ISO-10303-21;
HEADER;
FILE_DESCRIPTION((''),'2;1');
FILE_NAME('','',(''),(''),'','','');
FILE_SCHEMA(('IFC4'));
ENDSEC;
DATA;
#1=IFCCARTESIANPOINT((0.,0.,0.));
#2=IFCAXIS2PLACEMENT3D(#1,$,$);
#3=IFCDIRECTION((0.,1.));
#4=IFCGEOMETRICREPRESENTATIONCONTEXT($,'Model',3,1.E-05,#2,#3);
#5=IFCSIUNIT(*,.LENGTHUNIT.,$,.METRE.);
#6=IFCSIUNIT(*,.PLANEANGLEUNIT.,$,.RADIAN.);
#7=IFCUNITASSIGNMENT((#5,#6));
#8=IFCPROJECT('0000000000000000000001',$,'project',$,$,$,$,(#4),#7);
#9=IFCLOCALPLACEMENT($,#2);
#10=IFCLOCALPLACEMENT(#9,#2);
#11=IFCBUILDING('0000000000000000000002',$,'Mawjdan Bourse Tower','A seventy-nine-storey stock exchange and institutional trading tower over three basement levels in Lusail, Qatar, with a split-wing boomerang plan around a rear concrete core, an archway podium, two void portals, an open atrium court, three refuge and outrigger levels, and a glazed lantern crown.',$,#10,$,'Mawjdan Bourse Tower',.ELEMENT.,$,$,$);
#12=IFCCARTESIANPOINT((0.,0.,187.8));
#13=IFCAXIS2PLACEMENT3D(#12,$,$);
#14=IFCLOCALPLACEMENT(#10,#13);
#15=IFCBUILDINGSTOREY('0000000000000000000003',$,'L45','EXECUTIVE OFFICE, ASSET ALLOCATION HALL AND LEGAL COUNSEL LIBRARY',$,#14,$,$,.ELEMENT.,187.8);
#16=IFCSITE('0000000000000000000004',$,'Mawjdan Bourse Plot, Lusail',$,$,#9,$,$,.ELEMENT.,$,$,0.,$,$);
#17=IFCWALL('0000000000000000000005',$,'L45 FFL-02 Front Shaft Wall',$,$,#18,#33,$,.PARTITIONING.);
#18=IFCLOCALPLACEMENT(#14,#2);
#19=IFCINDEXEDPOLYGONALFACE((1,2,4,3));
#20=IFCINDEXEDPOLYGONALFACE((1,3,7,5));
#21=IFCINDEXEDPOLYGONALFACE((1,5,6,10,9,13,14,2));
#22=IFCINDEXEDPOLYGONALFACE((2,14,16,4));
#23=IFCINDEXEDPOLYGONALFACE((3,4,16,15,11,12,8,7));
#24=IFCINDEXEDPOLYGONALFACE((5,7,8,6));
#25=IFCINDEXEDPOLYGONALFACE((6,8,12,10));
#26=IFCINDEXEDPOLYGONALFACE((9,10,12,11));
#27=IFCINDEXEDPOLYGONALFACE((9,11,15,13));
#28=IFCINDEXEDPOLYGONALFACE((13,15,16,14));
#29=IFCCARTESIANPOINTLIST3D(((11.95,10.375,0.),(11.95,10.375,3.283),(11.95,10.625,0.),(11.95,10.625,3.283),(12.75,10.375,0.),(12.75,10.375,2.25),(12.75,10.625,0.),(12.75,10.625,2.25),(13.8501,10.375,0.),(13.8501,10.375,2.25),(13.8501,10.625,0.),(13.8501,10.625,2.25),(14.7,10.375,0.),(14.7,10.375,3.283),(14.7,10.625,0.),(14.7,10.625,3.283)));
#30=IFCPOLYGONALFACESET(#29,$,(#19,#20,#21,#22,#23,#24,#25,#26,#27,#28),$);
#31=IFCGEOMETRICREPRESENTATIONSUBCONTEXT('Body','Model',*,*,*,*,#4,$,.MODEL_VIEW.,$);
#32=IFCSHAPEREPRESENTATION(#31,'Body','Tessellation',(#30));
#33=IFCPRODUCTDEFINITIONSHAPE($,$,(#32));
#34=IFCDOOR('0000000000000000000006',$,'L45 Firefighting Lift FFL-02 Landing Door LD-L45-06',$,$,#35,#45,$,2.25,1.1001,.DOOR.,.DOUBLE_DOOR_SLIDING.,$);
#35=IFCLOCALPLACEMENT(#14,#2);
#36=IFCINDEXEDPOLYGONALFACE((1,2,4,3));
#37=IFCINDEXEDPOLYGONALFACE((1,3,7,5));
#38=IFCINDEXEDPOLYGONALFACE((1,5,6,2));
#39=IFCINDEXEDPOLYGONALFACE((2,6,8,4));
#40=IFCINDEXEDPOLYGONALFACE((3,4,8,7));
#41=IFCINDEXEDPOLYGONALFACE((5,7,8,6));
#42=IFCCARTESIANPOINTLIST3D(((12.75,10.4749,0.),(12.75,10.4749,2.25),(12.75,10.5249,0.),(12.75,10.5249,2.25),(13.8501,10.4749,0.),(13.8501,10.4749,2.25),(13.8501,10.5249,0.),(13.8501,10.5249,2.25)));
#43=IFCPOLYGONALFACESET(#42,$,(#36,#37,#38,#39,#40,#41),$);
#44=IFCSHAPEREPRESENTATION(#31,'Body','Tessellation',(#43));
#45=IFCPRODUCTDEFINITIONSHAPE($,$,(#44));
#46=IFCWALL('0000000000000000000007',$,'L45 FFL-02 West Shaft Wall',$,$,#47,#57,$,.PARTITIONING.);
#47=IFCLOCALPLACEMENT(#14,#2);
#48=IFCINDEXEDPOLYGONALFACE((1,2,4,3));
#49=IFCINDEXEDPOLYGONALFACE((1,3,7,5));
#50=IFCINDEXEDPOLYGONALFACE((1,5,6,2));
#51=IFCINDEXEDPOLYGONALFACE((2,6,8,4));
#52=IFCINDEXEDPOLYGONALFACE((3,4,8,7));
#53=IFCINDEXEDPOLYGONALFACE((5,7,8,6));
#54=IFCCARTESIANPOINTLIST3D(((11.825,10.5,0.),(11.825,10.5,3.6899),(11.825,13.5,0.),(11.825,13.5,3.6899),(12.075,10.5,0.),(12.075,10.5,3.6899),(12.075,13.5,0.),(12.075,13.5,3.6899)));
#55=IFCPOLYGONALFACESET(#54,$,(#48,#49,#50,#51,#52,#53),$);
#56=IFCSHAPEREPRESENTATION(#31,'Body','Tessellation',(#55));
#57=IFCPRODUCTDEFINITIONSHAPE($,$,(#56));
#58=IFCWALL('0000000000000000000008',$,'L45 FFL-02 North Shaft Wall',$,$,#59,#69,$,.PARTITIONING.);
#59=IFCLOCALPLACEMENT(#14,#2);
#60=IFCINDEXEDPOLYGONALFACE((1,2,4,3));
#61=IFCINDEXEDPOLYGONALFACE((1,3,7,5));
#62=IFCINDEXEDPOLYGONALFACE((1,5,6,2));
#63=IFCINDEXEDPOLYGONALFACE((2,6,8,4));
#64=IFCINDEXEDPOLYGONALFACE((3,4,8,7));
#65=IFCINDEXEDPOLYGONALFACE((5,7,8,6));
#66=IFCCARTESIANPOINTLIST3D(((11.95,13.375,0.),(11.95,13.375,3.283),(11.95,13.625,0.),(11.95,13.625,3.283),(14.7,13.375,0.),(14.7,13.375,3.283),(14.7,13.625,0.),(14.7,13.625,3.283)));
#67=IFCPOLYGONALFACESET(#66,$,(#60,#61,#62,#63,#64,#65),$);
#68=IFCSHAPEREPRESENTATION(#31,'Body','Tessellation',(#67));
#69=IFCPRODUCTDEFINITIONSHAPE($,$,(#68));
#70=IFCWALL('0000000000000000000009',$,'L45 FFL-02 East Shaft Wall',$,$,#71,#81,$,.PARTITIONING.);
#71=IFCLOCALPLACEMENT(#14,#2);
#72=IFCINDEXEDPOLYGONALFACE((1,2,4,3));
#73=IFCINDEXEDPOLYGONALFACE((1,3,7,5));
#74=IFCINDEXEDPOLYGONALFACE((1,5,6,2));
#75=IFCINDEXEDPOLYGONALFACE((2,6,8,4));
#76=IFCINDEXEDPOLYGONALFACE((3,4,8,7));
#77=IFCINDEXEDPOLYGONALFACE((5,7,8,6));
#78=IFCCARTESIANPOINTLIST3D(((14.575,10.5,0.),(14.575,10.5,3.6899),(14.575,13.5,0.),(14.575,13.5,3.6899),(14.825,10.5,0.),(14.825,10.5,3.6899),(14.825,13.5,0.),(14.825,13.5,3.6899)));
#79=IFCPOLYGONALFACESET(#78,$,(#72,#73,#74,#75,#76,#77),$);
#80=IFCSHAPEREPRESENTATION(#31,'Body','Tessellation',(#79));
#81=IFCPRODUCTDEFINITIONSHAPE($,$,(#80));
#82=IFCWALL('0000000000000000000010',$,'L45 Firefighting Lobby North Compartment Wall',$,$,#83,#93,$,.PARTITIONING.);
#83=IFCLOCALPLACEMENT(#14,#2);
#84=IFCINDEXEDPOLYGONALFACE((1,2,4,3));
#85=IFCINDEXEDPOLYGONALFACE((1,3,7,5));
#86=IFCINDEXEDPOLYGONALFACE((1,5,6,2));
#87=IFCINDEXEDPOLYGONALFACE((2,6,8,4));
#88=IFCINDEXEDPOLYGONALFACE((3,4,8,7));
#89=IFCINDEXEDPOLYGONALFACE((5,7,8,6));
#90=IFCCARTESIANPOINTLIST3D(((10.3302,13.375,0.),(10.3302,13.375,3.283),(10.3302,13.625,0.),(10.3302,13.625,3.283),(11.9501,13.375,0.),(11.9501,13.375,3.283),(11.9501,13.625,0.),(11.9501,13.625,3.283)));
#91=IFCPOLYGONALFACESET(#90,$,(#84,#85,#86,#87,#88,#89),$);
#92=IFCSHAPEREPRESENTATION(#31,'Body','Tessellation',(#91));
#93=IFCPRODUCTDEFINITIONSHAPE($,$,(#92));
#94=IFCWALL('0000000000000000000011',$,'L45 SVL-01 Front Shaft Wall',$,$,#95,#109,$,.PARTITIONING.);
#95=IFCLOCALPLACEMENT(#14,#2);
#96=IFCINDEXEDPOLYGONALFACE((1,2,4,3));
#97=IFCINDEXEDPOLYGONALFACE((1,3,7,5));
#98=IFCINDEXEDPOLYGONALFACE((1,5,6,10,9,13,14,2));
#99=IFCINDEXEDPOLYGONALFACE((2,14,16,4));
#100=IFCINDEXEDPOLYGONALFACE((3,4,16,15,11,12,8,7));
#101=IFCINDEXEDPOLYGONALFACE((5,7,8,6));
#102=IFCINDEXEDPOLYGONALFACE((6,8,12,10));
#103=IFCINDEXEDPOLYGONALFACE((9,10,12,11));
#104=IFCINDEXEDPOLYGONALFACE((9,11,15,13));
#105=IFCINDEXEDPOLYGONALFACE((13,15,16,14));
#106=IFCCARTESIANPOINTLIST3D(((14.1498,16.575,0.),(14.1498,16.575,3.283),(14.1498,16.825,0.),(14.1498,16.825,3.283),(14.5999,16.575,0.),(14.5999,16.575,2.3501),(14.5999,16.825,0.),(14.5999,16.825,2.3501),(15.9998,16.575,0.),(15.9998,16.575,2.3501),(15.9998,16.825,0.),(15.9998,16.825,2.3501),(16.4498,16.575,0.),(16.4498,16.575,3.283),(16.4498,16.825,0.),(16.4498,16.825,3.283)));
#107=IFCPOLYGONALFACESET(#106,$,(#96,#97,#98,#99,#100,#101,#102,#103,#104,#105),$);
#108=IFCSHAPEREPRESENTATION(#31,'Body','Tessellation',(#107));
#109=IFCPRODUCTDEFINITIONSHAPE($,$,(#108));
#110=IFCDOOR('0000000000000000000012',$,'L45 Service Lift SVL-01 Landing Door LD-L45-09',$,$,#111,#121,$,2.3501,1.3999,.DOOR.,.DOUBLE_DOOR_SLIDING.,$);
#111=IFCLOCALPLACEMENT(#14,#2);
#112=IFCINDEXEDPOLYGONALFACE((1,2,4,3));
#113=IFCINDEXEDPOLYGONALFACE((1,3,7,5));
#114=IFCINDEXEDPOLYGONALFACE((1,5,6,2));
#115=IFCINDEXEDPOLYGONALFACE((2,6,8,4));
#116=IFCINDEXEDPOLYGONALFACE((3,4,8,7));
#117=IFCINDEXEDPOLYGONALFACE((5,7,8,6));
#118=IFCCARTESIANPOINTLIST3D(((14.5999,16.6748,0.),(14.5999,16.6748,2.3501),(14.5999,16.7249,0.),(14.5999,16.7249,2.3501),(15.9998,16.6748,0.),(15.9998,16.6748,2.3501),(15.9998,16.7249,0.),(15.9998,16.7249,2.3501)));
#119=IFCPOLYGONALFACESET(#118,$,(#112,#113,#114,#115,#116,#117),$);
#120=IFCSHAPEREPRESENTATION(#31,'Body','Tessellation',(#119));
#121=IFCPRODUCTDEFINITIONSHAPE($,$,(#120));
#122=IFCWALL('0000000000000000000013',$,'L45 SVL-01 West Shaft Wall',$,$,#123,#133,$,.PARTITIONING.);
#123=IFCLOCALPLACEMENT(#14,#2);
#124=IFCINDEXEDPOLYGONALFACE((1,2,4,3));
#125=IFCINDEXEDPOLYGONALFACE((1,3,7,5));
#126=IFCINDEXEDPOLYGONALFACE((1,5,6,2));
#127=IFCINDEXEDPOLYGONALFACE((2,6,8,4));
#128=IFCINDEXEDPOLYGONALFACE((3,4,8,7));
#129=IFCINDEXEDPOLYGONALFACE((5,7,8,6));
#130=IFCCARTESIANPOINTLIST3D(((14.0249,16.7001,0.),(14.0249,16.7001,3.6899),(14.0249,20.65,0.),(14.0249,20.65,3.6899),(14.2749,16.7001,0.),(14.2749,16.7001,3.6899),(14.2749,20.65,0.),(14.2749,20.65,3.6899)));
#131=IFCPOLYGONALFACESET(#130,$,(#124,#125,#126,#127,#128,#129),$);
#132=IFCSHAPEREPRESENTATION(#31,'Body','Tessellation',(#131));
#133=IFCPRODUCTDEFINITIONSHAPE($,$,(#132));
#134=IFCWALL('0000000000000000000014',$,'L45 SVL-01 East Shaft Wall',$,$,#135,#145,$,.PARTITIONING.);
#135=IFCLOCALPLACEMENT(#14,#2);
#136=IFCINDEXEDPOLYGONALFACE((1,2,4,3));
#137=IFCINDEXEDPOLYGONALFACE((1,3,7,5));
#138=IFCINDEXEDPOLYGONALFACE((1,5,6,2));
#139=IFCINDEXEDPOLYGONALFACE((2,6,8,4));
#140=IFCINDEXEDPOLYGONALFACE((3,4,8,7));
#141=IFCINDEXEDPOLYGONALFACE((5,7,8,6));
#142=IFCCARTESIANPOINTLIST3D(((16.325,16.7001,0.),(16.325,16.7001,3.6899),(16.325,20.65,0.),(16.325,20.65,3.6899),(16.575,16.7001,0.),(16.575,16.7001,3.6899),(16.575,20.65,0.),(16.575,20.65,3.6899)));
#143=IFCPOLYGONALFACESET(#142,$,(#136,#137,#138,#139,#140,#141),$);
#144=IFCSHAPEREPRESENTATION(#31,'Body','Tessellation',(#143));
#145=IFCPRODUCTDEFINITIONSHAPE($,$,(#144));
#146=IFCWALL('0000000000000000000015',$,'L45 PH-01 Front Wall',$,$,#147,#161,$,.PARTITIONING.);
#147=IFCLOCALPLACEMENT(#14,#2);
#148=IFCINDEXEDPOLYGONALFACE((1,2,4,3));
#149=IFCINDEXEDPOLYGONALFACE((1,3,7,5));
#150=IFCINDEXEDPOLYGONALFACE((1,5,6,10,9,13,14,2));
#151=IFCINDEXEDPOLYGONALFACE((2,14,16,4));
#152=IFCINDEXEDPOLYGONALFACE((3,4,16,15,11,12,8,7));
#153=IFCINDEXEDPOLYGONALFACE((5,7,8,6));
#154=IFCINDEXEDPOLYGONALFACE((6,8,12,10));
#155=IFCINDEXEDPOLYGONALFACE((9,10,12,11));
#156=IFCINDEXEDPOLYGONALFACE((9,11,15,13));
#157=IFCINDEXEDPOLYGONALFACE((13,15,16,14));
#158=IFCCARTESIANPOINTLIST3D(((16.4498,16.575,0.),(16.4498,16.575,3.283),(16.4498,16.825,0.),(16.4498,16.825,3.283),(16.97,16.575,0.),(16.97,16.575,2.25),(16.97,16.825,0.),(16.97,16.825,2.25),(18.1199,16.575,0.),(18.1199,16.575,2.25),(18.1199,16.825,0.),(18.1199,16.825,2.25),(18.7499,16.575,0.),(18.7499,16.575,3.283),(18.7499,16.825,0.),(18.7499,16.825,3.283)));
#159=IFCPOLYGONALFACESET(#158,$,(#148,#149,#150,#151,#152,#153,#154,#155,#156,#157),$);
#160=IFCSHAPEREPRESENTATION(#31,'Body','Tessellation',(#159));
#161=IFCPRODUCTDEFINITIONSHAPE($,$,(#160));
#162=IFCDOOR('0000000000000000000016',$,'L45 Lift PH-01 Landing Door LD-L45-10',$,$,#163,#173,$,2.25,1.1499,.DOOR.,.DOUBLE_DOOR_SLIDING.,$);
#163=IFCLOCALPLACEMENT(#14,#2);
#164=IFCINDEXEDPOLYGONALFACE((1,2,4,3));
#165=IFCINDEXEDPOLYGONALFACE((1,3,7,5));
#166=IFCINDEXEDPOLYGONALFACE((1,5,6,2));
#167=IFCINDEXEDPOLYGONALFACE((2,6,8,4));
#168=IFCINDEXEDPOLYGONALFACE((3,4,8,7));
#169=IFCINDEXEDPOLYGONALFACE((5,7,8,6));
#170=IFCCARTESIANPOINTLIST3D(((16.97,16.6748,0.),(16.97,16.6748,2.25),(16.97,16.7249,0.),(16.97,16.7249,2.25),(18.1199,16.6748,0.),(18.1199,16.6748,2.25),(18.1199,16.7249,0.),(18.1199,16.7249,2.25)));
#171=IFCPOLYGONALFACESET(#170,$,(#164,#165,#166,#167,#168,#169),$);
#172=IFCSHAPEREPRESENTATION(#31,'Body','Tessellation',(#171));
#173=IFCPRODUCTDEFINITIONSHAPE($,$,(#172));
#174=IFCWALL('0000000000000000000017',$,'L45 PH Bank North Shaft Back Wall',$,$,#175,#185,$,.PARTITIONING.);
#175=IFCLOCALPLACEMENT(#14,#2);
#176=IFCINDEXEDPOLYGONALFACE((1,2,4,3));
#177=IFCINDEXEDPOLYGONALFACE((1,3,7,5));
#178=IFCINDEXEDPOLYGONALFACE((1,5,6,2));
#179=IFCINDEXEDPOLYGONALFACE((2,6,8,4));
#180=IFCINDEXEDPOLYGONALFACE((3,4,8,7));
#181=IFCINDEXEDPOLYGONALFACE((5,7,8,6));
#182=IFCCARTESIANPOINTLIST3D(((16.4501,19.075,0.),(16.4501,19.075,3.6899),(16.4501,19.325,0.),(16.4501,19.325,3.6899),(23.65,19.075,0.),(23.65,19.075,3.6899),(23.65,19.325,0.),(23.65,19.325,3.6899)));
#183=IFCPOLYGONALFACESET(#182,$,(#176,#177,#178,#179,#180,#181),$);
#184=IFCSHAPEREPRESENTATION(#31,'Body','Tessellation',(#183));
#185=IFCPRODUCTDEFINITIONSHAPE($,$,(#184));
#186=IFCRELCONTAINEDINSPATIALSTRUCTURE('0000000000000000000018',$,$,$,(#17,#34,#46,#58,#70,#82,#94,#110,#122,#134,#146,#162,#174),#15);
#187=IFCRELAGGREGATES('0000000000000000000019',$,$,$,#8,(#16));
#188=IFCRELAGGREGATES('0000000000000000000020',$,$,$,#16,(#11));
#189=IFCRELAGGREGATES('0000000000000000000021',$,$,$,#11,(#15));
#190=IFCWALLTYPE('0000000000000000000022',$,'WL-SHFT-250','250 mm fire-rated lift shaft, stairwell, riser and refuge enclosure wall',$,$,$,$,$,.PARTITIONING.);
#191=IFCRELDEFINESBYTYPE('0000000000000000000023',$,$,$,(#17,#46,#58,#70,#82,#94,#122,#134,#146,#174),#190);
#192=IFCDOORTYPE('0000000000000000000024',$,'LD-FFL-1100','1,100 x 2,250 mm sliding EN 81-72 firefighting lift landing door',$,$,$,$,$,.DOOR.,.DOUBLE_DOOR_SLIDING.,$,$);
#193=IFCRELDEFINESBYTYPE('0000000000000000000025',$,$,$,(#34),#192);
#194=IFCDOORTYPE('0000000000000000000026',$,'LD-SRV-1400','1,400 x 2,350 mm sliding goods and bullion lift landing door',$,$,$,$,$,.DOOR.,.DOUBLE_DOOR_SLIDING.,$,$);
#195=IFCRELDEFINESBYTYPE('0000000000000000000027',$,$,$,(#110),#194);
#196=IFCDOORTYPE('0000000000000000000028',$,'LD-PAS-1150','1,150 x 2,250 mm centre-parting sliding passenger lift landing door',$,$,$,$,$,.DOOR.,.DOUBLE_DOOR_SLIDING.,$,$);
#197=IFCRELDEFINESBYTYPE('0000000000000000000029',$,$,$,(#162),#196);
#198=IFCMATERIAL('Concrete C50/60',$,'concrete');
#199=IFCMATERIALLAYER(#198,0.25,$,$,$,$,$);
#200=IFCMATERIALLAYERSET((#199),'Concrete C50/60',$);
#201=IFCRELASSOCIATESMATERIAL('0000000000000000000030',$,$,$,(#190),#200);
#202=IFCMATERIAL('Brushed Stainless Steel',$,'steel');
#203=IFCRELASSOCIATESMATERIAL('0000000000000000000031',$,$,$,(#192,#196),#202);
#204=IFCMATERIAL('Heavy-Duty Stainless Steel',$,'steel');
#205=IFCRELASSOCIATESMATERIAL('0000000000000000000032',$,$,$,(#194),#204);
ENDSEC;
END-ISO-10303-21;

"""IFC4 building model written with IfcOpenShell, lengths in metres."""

from ifc_helpers import new_model, si_unit, direction, frame, frame_2d, origin, place, context, subcontext, project, spatial, rectangle, extrude, material, layer, layer_set, type_object, element, fill, save


model = new_model("IFC4")

# Units and contexts
model_context = context("Model", 3, precision=1e-05, world=origin(), true_north=direction((0.0, 1.0)))
body_context = subcontext(model_context, "Body", "Model", "MODEL_VIEW")
ifc_project = project(units=[si_unit("LENGTHUNIT", "METRE"), si_unit("PLANEANGLEUNIT", "RADIAN")], contexts=[model_context])

# Site, building, storey
site_placement = place(None, origin())
site = spatial("IfcSite", under=ifc_project, at=site_placement, Name="Mawjdan Bourse Plot, Lusail", CompositionType="ELEMENT", RefElevation=0.0)
building_placement = place(site_placement, origin())
building = spatial("IfcBuilding", under=site, at=building_placement, Name="Mawjdan Bourse Tower", Description="A seventy-nine-storey stock exchange and institutional trading tower over three basement levels in Lusail, Qatar, with a split-wing boomerang plan around a rear concrete core, an archway podium, two void portals, an open atrium court, three refuge and outrigger levels, and a glazed lantern crown.", LongName="Mawjdan Bourse Tower", CompositionType="ELEMENT")
storey_placement = place(building_placement, frame((0.0, 0.0, 187.8)))
storey = spatial("IfcBuildingStorey", under=building, at=storey_placement, Name="L45", Description="EXECUTIVE OFFICE, ASSET ALLOCATION HALL AND LEGAL COUNSEL LIBRARY", CompositionType="ELEMENT", Elevation=187.8)

# Wall, opening, door
ifc_material_1 = material(Name="Concrete C50/60", Category="concrete")
ifc_layer_1 = layer(ifc_material_1, 0.25)
ifc_layer_set_1 = layer_set([ifc_layer_1], Name="Concrete C50/60")
wall_type_1 = type_object("IfcWallType", Name="WL-SHFT-250", Description="250 mm fire-rated lift shaft, stairwell, riser and refuge enclosure wall", PredefinedType="PARTITIONING", material=ifc_layer_set_1)
wall_1_placement = place(storey_placement, frame((11.95, 10.5, 0.0), z_axis=(0.0, 0.0, 1.0), x_axis=(1.0, 0.0, 0.0)))
wall_1 = element("IfcWall", 1, at=wall_1_placement, inside=storey, type_object=wall_type_1, Name="L45 FFL-02 Front Shaft Wall", PredefinedType="PARTITIONING", context=body_context, shape_type="SweptSolid", body=[
    extrude(rectangle(XDim=2.75, YDim=0.25, at=frame_2d((1.375, 0.0))), origin(), (0.0, 0.0, 1.0), 3.283),
])
opening_1_placement = place(wall_1_placement, frame((0.8, 0.0, 0.0)))
opening_1 = element("IfcOpeningElement", 2, at=opening_1_placement, cuts=wall_1, PredefinedType="OPENING", context=body_context, shape_type="SweptSolid", body=[
    extrude(rectangle(XDim=1.1001, YDim=2.25, at=frame_2d((0.55, 1.125))), frame((0.0, 0.135, 0.0), z_axis=(0.0, -1.0, 0.0), x_axis=(1.0, 0.0, 0.0)), (0.0, 0.0, 1.0), 0.27),
])
ifc_material_2 = material(Name="Brushed Stainless Steel", Category="steel")
door_type_1 = type_object("IfcDoorType", Name="LD-FFL-1100", Description="1,100 x 2,250 mm sliding EN 81-72 firefighting lift landing door", OperationType="DOUBLE_DOOR_SLIDING", PredefinedType="DOOR", material=ifc_material_2)
door_1_placement = place(opening_1_placement, origin())
door_1 = element("IfcDoor", 3, at=door_1_placement, inside=storey, type_object=door_type_1, Name="L45 Firefighting Lift FFL-02 Landing Door LD-L45-06", OperationType="DOUBLE_DOOR_SLIDING", OverallHeight=2.25, OverallWidth=1.1001, PredefinedType="DOOR", context=body_context, shape_type="SweptSolid", body=[
    extrude(rectangle(XDim=1.1001, YDim=2.25, at=frame_2d((0.55, 1.125))), frame((0.0, 0.0249, 0.0), z_axis=(0.0, -1.0, 0.0), x_axis=(1.0, 0.0, 0.0)), (0.0, 0.0, 1.0), 0.05),
])
fill(opening_1, door_1)

# Walls
wall_2_placement = place(storey_placement, frame((11.95, 10.5, 0.0), z_axis=(0.0, 0.0, 1.0), x_axis=(0.0, 1.0, 0.0)))
element("IfcWall", 4, at=wall_2_placement, inside=storey, type_object=wall_type_1, Name="L45 FFL-02 West Shaft Wall", PredefinedType="PARTITIONING", context=body_context, shape_type="SweptSolid", body=[
    extrude(rectangle(XDim=3.0, YDim=0.25, at=frame_2d((1.5, 0.0))), origin(), (0.0, 0.0, 1.0), 3.6899),
])
wall_3_placement = place(storey_placement, frame((11.95, 13.5, 0.0), z_axis=(0.0, 0.0, 1.0), x_axis=(1.0, 0.0, 0.0)))
element("IfcWall", 5, at=wall_3_placement, inside=storey, type_object=wall_type_1, Name="L45 FFL-02 North Shaft Wall", PredefinedType="PARTITIONING", context=body_context, shape_type="SweptSolid", body=[
    extrude(rectangle(XDim=2.75, YDim=0.25, at=frame_2d((1.375, 0.0))), origin(), (0.0, 0.0, 1.0), 3.283),
])
wall_4_placement = place(storey_placement, frame((14.7, 10.5, 0.0), z_axis=(0.0, 0.0, 1.0), x_axis=(0.0, 1.0, 0.0)))
element("IfcWall", 6, at=wall_4_placement, inside=storey, type_object=wall_type_1, Name="L45 FFL-02 East Shaft Wall", PredefinedType="PARTITIONING", context=body_context, shape_type="SweptSolid", body=[
    extrude(rectangle(XDim=3.0, YDim=0.25, at=frame_2d((1.5, 0.0))), origin(), (0.0, 0.0, 1.0), 3.6899),
])
wall_5_placement = place(storey_placement, frame((10.3301, 13.5, 0.0), z_axis=(0.0, 0.0, 1.0), x_axis=(1.0, 0.0, 0.0)))
element("IfcWall", 7, at=wall_5_placement, inside=storey, type_object=wall_type_1, Name="L45 Firefighting Lobby North Compartment Wall", PredefinedType="PARTITIONING", context=body_context, shape_type="SweptSolid", body=[
    extrude(rectangle(XDim=1.6199, YDim=0.25, at=frame_2d((0.8101, 0.0))), origin(), (0.0, 0.0, 1.0), 3.283),
])

# Wall, opening, door
wall_6_placement = place(storey_placement, frame((14.1499, 16.7, 0.0), z_axis=(0.0, 0.0, 1.0), x_axis=(1.0, 0.0, 0.0)))
wall_6 = element("IfcWall", 8, at=wall_6_placement, inside=storey, type_object=wall_type_1, Name="L45 SVL-01 Front Shaft Wall", PredefinedType="PARTITIONING", context=body_context, shape_type="SweptSolid", body=[
    extrude(rectangle(XDim=2.3, YDim=0.25, at=frame_2d((1.1499, 0.0))), origin(), (0.0, 0.0, 1.0), 3.283),
])
opening_2_placement = place(wall_6_placement, frame((0.45, 0.0, 0.0)))
opening_2 = element("IfcOpeningElement", 9, at=opening_2_placement, cuts=wall_6, PredefinedType="OPENING", context=body_context, shape_type="SweptSolid", body=[
    extrude(rectangle(XDim=1.3999, YDim=2.3501, at=frame_2d((0.7, 1.175))), frame((0.0, 0.135, 0.0), z_axis=(0.0, -1.0, 0.0), x_axis=(1.0, 0.0, 0.0)), (0.0, 0.0, 1.0), 0.27),
])
ifc_material_3 = material(Name="Heavy-Duty Stainless Steel", Category="steel")
door_type_2 = type_object("IfcDoorType", Name="LD-SRV-1400", Description="1,400 x 2,350 mm sliding goods and bullion lift landing door", OperationType="DOUBLE_DOOR_SLIDING", PredefinedType="DOOR", material=ifc_material_3)
door_2_placement = place(opening_2_placement, origin())
door_2 = element("IfcDoor", 10, at=door_2_placement, inside=storey, type_object=door_type_2, Name="L45 Service Lift SVL-01 Landing Door LD-L45-09", OperationType="DOUBLE_DOOR_SLIDING", OverallHeight=2.3501, OverallWidth=1.3999, PredefinedType="DOOR", context=body_context, shape_type="SweptSolid", body=[
    extrude(rectangle(XDim=1.3999, YDim=2.3501, at=frame_2d((0.7, 1.175))), frame((0.0, 0.0249, 0.0), z_axis=(0.0, -1.0, 0.0), x_axis=(1.0, 0.0, 0.0)), (0.0, 0.0, 1.0), 0.05),
])
fill(opening_2, door_2)

# Walls
for number, where, z_axis, x_axis, name in (
    (11, (14.1499, 16.7, 0.0), (0.0, 0.0, 1.0), (0.0, 1.0, 0.0), "L45 SVL-01 West Shaft Wall"),
    (12, (16.45, 16.7, 0.0), (0.0, 0.0, 1.0), (0.0, 1.0, 0.0), "L45 SVL-01 East Shaft Wall"),
):
    element("IfcWall", number, at=place(storey_placement, frame(where, z_axis=z_axis, x_axis=x_axis)), inside=storey, type_object=wall_type_1, Name=name, PredefinedType="PARTITIONING", context=body_context, shape_type="SweptSolid", body=[
        extrude(rectangle(XDim=3.95, YDim=0.25, at=frame_2d((1.9751, 0.0))), origin(), (0.0, 0.0, 1.0), 3.6899),
    ])

# Wall, opening, door
wall_7_placement = place(storey_placement, frame((16.45, 16.7, 0.0), z_axis=(0.0, 0.0, 1.0), x_axis=(1.0, 0.0, 0.0)))
wall_7 = element("IfcWall", 13, at=wall_7_placement, inside=storey, type_object=wall_type_1, Name="L45 PH-01 Front Wall", PredefinedType="PARTITIONING", context=body_context, shape_type="SweptSolid", body=[
    extrude(rectangle(XDim=2.3, YDim=0.25, at=frame_2d((1.1499, 0.0))), origin(), (0.0, 0.0, 1.0), 3.283),
])
opening_3_placement = place(wall_7_placement, frame((0.52, 0.0, 0.0)))
opening_3 = element("IfcOpeningElement", 14, at=opening_3_placement, cuts=wall_7, PredefinedType="OPENING", context=body_context, shape_type="SweptSolid", body=[
    extrude(rectangle(XDim=1.1499, YDim=2.25, at=frame_2d((0.575, 1.125))), frame((0.0, 0.135, 0.0), z_axis=(0.0, -1.0, 0.0), x_axis=(1.0, 0.0, 0.0)), (0.0, 0.0, 1.0), 0.27),
])
door_type_3 = type_object("IfcDoorType", Name="LD-PAS-1150", Description="1,150 x 2,250 mm centre-parting sliding passenger lift landing door", OperationType="DOUBLE_DOOR_SLIDING", PredefinedType="DOOR", material=ifc_material_2)
door_3_placement = place(opening_3_placement, origin())
door_3 = element("IfcDoor", 15, at=door_3_placement, inside=storey, type_object=door_type_3, Name="L45 Lift PH-01 Landing Door LD-L45-10", OperationType="DOUBLE_DOOR_SLIDING", OverallHeight=2.25, OverallWidth=1.1499, PredefinedType="DOOR", context=body_context, shape_type="SweptSolid", body=[
    extrude(rectangle(XDim=1.1499, YDim=2.25, at=frame_2d((0.575, 1.125))), frame((0.0, 0.0249, 0.0), z_axis=(0.0, -1.0, 0.0), x_axis=(1.0, 0.0, 0.0)), (0.0, 0.0, 1.0), 0.05),
])
fill(opening_3, door_3)

# Wall
wall_8_placement = place(storey_placement, frame((16.45, 19.2, 0.0), z_axis=(0.0, 0.0, 1.0), x_axis=(1.0, 0.0, 0.0)))
element("IfcWall", 16, at=wall_8_placement, inside=storey, type_object=wall_type_1, Name="L45 PH Bank North Shaft Back Wall", PredefinedType="PARTITIONING", context=body_context, shape_type="SweptSolid", body=[
    extrude(rectangle(XDim=7.2, YDim=0.25, at=frame_2d((3.6001, 0.0))), origin(), (0.0, 0.0, 1.0), 3.6899),
])

save(model, "model.ifc")
